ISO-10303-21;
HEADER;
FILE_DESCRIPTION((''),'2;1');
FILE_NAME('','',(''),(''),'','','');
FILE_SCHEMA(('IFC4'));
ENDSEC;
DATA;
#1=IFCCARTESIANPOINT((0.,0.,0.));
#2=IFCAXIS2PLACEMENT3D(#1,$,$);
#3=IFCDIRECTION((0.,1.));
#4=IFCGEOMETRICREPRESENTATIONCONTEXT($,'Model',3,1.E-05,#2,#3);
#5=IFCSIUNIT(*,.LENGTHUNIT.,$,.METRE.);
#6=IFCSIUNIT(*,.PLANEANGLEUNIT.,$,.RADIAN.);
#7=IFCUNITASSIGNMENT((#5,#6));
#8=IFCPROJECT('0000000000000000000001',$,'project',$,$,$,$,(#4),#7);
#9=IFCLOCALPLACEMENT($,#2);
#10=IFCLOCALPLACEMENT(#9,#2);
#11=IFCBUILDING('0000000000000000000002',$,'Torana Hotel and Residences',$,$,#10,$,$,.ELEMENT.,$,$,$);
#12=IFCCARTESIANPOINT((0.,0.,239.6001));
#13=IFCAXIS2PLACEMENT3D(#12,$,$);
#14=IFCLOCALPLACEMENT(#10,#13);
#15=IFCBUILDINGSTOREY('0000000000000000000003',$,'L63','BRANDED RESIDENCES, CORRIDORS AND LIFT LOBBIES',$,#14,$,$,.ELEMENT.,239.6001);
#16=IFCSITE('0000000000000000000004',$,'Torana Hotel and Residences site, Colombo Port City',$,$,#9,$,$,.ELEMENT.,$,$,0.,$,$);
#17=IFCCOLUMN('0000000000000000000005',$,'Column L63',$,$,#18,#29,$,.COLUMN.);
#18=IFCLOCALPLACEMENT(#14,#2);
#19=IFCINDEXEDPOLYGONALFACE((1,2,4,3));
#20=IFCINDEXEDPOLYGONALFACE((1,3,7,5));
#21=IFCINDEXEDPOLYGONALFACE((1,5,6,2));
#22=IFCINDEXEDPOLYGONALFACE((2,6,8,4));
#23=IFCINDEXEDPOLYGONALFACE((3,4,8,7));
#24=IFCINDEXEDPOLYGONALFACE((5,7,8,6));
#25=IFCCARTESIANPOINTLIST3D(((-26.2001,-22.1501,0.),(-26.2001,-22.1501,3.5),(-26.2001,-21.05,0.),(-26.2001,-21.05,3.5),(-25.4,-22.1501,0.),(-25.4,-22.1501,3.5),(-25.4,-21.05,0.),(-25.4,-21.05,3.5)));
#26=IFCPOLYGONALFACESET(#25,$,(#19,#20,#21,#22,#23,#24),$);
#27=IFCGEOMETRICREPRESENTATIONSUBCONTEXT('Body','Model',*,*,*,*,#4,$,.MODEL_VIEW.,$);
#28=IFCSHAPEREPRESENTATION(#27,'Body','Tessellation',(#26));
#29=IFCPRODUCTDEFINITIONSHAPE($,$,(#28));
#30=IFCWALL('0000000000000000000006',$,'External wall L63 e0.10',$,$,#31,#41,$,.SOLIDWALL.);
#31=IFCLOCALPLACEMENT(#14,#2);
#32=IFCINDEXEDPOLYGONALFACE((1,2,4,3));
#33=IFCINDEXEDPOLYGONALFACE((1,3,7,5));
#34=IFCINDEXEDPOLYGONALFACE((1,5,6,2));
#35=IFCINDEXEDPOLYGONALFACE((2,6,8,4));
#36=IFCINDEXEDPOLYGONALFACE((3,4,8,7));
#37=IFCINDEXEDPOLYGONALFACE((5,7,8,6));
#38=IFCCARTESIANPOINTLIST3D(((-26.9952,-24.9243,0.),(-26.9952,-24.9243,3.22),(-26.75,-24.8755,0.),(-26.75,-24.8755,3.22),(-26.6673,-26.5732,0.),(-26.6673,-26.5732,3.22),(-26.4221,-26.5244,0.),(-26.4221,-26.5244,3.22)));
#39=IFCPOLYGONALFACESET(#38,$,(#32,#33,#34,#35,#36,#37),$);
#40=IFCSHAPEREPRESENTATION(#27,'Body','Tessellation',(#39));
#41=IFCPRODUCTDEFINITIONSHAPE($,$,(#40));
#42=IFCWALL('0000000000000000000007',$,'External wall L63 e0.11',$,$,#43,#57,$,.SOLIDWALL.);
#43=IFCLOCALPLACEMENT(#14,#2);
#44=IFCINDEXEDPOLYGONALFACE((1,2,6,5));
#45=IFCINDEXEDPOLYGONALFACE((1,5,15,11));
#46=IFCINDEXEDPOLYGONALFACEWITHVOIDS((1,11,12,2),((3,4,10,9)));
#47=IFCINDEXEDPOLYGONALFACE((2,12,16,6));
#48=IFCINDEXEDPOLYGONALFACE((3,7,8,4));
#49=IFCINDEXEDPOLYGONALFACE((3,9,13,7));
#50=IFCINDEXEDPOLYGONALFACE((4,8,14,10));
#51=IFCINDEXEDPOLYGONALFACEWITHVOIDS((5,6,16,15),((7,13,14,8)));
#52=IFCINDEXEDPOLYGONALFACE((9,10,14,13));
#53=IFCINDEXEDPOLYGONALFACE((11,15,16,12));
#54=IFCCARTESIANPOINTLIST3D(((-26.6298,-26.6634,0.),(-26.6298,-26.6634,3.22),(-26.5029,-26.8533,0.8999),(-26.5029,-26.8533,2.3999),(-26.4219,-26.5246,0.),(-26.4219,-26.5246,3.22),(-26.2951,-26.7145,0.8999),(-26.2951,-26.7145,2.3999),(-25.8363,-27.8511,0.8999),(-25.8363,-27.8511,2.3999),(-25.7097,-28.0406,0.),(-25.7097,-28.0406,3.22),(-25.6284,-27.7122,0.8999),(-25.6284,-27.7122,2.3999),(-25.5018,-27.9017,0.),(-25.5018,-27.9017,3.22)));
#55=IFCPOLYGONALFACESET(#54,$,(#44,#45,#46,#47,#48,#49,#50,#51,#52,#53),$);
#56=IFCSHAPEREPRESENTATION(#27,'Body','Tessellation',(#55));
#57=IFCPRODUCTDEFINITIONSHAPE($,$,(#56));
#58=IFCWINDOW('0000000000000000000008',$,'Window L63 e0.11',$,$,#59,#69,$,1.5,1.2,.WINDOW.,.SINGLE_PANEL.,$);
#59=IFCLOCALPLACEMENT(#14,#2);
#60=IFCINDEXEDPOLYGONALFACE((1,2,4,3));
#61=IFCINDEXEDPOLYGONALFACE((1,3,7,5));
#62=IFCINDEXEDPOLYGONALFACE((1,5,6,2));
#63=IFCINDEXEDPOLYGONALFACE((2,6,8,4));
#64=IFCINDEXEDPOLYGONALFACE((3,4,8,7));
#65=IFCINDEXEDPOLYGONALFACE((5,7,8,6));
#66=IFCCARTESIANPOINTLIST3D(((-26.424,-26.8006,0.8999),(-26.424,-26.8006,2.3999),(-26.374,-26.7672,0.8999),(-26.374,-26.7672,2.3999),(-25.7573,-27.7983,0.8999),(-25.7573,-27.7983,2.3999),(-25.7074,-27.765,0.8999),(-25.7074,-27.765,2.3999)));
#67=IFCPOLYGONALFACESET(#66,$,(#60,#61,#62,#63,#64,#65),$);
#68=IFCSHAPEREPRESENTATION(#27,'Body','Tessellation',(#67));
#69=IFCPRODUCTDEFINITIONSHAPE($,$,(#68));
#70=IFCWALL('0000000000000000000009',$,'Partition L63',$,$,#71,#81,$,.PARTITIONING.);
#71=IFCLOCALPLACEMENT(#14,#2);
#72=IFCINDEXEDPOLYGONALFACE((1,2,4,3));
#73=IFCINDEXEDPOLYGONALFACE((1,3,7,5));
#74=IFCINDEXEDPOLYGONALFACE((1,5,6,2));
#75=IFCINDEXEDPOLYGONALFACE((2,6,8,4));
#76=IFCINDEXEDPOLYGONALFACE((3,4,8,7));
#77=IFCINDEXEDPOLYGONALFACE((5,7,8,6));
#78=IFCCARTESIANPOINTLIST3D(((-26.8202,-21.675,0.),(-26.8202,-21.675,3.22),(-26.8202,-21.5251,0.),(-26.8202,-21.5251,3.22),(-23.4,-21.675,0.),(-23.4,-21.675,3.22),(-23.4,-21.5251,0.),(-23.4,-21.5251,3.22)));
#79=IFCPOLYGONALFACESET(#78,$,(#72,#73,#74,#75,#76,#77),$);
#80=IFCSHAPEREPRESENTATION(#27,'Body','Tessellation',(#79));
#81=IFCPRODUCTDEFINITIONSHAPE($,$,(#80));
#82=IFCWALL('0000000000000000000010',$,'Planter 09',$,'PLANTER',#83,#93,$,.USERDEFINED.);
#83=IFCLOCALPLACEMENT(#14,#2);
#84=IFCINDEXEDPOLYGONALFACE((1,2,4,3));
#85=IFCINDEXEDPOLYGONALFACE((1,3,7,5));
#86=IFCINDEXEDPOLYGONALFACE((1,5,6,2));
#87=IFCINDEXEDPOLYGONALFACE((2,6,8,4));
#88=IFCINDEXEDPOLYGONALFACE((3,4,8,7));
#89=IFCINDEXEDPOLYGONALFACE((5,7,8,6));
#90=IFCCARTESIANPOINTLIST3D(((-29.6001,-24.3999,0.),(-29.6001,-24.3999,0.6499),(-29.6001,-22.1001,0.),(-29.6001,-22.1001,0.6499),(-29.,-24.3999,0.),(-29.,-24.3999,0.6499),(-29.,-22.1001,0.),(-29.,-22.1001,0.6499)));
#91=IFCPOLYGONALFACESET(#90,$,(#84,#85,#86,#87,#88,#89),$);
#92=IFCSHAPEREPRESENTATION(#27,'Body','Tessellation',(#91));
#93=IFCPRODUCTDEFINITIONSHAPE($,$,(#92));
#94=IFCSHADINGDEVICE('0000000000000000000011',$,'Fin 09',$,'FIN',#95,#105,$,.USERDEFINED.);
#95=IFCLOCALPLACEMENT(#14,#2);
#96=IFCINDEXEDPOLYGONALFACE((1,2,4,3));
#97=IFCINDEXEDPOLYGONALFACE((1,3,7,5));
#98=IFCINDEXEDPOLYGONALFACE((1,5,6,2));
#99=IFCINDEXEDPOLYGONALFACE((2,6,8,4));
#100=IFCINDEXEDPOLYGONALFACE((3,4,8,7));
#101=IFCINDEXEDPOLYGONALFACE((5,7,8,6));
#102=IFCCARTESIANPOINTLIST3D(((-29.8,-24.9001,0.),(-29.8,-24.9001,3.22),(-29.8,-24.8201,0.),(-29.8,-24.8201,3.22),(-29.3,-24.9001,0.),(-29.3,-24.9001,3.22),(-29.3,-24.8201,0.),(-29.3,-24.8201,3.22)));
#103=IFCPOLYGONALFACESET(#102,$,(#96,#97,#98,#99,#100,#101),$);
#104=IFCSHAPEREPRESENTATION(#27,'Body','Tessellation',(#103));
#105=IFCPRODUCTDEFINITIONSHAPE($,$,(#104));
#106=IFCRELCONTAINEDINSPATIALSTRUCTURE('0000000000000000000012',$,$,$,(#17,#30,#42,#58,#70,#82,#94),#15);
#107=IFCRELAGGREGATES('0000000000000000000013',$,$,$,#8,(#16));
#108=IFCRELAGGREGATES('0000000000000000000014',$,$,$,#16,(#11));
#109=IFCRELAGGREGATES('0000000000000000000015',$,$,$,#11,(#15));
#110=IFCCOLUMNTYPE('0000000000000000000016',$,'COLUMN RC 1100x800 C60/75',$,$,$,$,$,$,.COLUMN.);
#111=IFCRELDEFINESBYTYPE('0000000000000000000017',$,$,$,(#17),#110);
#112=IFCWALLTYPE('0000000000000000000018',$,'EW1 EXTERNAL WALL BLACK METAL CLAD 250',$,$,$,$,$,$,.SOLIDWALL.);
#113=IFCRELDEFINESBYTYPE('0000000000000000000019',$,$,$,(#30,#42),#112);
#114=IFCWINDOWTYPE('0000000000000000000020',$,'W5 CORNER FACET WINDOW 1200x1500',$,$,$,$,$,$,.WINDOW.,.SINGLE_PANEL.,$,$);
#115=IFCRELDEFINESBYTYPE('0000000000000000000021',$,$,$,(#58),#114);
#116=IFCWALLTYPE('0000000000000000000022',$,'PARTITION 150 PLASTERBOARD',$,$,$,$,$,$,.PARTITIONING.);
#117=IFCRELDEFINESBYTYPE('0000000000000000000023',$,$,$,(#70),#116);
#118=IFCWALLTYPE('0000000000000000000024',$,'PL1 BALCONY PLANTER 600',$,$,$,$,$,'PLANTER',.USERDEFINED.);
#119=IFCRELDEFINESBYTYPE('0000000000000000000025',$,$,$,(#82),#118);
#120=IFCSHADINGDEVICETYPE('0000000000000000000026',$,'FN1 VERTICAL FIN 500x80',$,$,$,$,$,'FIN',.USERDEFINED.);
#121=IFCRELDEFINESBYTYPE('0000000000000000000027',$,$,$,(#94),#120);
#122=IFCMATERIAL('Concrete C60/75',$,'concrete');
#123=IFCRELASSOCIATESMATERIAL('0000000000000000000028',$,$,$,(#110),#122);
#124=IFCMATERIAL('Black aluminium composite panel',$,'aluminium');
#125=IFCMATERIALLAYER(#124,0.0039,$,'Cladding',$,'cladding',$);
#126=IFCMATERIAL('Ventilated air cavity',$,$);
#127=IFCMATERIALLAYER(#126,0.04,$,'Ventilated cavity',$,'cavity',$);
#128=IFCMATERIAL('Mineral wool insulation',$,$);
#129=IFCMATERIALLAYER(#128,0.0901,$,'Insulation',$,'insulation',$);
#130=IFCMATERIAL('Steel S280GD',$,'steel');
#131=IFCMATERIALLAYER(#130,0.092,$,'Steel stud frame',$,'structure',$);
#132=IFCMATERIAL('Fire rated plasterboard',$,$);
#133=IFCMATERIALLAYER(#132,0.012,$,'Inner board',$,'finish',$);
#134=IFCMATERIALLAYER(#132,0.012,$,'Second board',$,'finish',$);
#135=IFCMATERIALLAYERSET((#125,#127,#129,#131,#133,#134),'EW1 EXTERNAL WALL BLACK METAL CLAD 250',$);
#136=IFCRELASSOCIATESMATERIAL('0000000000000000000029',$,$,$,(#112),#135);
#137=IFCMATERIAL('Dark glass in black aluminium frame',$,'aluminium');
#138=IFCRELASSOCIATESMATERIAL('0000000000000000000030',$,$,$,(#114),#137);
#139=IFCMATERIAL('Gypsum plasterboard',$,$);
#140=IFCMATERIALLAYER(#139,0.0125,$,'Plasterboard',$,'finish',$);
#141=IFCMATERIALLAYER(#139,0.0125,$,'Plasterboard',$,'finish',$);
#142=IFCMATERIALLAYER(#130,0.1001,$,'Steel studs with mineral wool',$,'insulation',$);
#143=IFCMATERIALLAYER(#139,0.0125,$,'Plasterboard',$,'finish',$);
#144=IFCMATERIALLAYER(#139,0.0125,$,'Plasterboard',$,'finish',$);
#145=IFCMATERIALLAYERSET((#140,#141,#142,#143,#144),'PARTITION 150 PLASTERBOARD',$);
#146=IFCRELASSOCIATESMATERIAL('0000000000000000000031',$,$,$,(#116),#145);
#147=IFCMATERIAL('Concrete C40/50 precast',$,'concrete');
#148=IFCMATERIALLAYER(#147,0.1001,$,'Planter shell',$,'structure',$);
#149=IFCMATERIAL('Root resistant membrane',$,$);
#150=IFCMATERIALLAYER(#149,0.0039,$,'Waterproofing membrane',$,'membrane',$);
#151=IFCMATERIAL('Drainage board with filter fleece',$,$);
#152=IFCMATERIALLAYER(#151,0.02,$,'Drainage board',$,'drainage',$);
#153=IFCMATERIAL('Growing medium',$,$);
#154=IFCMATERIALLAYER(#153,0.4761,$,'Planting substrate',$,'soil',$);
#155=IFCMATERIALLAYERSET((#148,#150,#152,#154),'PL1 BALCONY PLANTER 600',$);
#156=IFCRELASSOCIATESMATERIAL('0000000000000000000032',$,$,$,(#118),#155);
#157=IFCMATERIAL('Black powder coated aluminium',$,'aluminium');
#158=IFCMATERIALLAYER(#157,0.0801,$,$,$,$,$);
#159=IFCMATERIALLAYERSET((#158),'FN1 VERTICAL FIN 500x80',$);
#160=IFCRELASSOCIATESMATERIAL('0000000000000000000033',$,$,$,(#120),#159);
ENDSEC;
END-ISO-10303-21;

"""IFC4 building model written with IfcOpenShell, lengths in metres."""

from ifc_helpers import new_model, si_unit, direction, frame, frame_2d, origin, origin_2d, place, context, subcontext, project, spatial, rectangle, extrude, material, layer, layer_set, material_profile, profile_set, type_object, element, fill, save


model = new_model("IFC4")

# Units and contexts
model_context = context("Model", 3, precision=1e-05, world=origin(), true_north=direction((0.0, 1.0)))
body_context = subcontext(model_context, "Body", "Model", "MODEL_VIEW")
ifc_project = project(units=[si_unit("LENGTHUNIT", "METRE"), si_unit("PLANEANGLEUNIT", "RADIAN")], contexts=[model_context])

# Site, building, storey
site_placement = place(None, origin())
site = spatial("IfcSite", under=ifc_project, at=site_placement, Name="Torana Hotel and Residences site, Colombo Port City", CompositionType="ELEMENT", RefElevation=0.0)
building_placement = place(site_placement, origin())
building = spatial("IfcBuilding", under=site, at=building_placement, Name="Torana Hotel and Residences", CompositionType="ELEMENT")
storey_placement = place(building_placement, frame((0.0, 0.0, 239.6001)))
storey = spatial("IfcBuildingStorey", under=building, at=storey_placement, Name="L63", Description="BRANDED RESIDENCES, CORRIDORS AND LIFT LOBBIES", CompositionType="ELEMENT", Elevation=239.6001)

# Column
ifc_material_1 = material(Name="Concrete C60/75", Category="concrete")
ifc_material_profile = material_profile(ifc_material_1, rectangle(XDim=1.1001, YDim=0.8, at=origin_2d()), Name="RC 1100x800")
ifc_profile_set = profile_set([ifc_material_profile], Name="Concrete C60/75")
column_type = type_object("IfcColumnType", Name="COLUMN RC 1100x800 C60/75", PredefinedType="COLUMN", material=ifc_profile_set)
column_placement = place(storey_placement, frame((-25.8, -21.6001, 0.0), z_axis=(0.0, 0.0, 1.0), x_axis=(0.0, 1.0, 0.0)))
element("IfcColumn", 1, at=column_placement, inside=storey, type_object=column_type, Name="Column L63", PredefinedType="COLUMN", context=body_context, shape_type="SweptSolid", body=[
    extrude(rectangle(XDim=1.1001, YDim=0.8, at=origin_2d()), origin(), (0.0, 0.0, 1.0), 3.5),
])

# Wall
ifc_material_2 = material(Name="Black aluminium composite panel", Category="aluminium")
ifc_layer_1 = layer(ifc_material_2, 0.0039, Name="Cladding", Category="cladding")
ifc_material_3 = material(Name="Ventilated air cavity")
ifc_layer_2 = layer(ifc_material_3, 0.04, Name="Ventilated cavity", Category="cavity")
ifc_material_4 = material(Name="Mineral wool insulation")
ifc_layer_3 = layer(ifc_material_4, 0.0901, Name="Insulation", Category="insulation")
ifc_material_5 = material(Name="Steel S280GD", Category="steel")
ifc_layer_4 = layer(ifc_material_5, 0.092, Name="Steel stud frame", Category="structure")
ifc_material_6 = material(Name="Fire rated plasterboard")
ifc_layer_5 = layer(ifc_material_6, 0.012, Name="Inner board", Category="finish")
ifc_layer_6 = layer(ifc_material_6, 0.012, Name="Second board", Category="finish")
ifc_layer_set_1 = layer_set([ifc_layer_1, ifc_layer_2, ifc_layer_3, ifc_layer_4, ifc_layer_5, ifc_layer_6], Name="EW1 EXTERNAL WALL BLACK METAL CLAD 250")
wall_type_1 = type_object("IfcWallType", Name="EW1 EXTERNAL WALL BLACK METAL CLAD 250", PredefinedType="SOLIDWALL", material=ifc_layer_set_1)
wall_1_placement = place(storey_placement, frame((-26.8726, -24.8999, 0.0), z_axis=(0.0, 0.0, 1.0), x_axis=(0.195027, -0.980798, 0.0)))
element("IfcWall", 2, at=wall_1_placement, inside=storey, type_object=wall_type_1, Name="External wall L63 e0.10", PredefinedType="SOLIDWALL", context=body_context, shape_type="SweptSolid", body=[
    extrude(rectangle(XDim=1.6812, YDim=0.25, at=frame_2d((0.8406, 0.0))), origin(), (0.0, 0.0, 1.0), 3.22),
])

# Wall, opening, window
wall_2_placement = place(storey_placement, frame((-26.5259, -26.594, 0.0), z_axis=(0.0, 0.0, 1.0), x_axis=(0.55555, -0.831483, 0.0)))
wall_2 = element("IfcWall", 3, at=wall_2_placement, inside=storey, type_object=wall_type_1, Name="External wall L63 e0.11", PredefinedType="SOLIDWALL", context=body_context, shape_type="SweptSolid", body=[
    extrude(rectangle(XDim=1.6562, YDim=0.25, at=frame_2d((0.8281, 0.0))), origin(), (0.0, 0.0, 1.0), 3.22),
])
opening_placement = place(wall_2_placement, frame((0.2283, 0.0, 0.8999)))
opening = element("IfcOpeningElement", 4, at=opening_placement, cuts=wall_2, PredefinedType="OPENING", context=body_context, shape_type="SweptSolid", body=[
    extrude(rectangle(XDim=1.2, YDim=1.5, at=frame_2d((0.6001, 0.75))), frame((0.0, 0.135, 0.0), z_axis=(0.0, -1.0, 0.0), x_axis=(1.0, 0.0, 0.0)), (0.0, 0.0, 1.0), 0.27),
])
ifc_material_7 = material(Name="Dark glass in black aluminium frame", Category="aluminium")
window_type = type_object("IfcWindowType", Name="W5 CORNER FACET WINDOW 1200x1500", PartitioningType="SINGLE_PANEL", PredefinedType="WINDOW", material=ifc_material_7)
window_placement = place(opening_placement, origin())
window = element("IfcWindow", 5, at=window_placement, inside=storey, type_object=window_type, Name="Window L63 e0.11", OverallHeight=1.5, OverallWidth=1.2, PartitioningType="SINGLE_PANEL", PredefinedType="WINDOW", context=body_context, shape_type="SweptSolid", body=[
    extrude(rectangle(XDim=1.2, YDim=1.5, at=frame_2d((0.6001, 0.75))), frame((0.0, 0.03, 0.0), z_axis=(0.0, -1.0, 0.0), x_axis=(1.0, 0.0, 0.0)), (0.0, 0.0, 1.0), 0.0601),
])
fill(opening, window)

# Walls
ifc_material_8 = material(Name="Gypsum plasterboard")
ifc_layer_7 = layer(ifc_material_8, 0.0125, Name="Plasterboard", Category="finish")
ifc_layer_8 = layer(ifc_material_8, 0.0125, Name="Plasterboard", Category="finish")
ifc_layer_9 = layer(ifc_material_5, 0.1001, Name="Steel studs with mineral wool", Category="insulation")
ifc_layer_10 = layer(ifc_material_8, 0.0125, Name="Plasterboard", Category="finish")
ifc_layer_11 = layer(ifc_material_8, 0.0125, Name="Plasterboard", Category="finish")
ifc_layer_set_2 = layer_set([ifc_layer_7, ifc_layer_8, ifc_layer_9, ifc_layer_10, ifc_layer_11], Name="PARTITION 150 PLASTERBOARD")
wall_type_2 = type_object("IfcWallType", Name="PARTITION 150 PLASTERBOARD", PredefinedType="PARTITIONING", material=ifc_layer_set_2)
wall_3_placement = place(storey_placement, frame((-26.8201, -21.6001, 0.0), z_axis=(0.0, 0.0, 1.0), x_axis=(1.0, 0.0, 0.0)))
element("IfcWall", 6, at=wall_3_placement, inside=storey, type_object=wall_type_2, Name="Partition L63", PredefinedType="PARTITIONING", context=body_context, shape_type="SweptSolid", body=[
    extrude(rectangle(XDim=3.4202, YDim=0.1499, at=frame_2d((1.71, 0.0))), origin(), (0.0, 0.0, 1.0), 3.22),
])
ifc_material_9 = material(Name="Concrete C40/50 precast", Category="concrete")
ifc_layer_12 = layer(ifc_material_9, 0.1001, Name="Planter shell", Category="structure")
ifc_material_10 = material(Name="Root resistant membrane")
ifc_layer_13 = layer(ifc_material_10, 0.0039, Name="Waterproofing membrane", Category="membrane")
ifc_material_11 = material(Name="Drainage board with filter fleece")
ifc_layer_14 = layer(ifc_material_11, 0.02, Name="Drainage board", Category="drainage")
ifc_material_12 = material(Name="Growing medium")
ifc_layer_15 = layer(ifc_material_12, 0.4761, Name="Planting substrate", Category="soil")
ifc_layer_set_3 = layer_set([ifc_layer_12, ifc_layer_13, ifc_layer_14, ifc_layer_15], Name="PL1 BALCONY PLANTER 600")
wall_type_3 = type_object("IfcWallType", Name="PL1 BALCONY PLANTER 600", ElementType="PLANTER", PredefinedType="USERDEFINED", material=ifc_layer_set_3)
wall_4_placement = place(storey_placement, frame((-29.3, -24.3999, 0.0), z_axis=(0.0, 0.0, 1.0), x_axis=(0.0, 1.0, 0.0)))
element("IfcWall", 7, at=wall_4_placement, inside=storey, type_object=wall_type_3, Name="Planter 09", ObjectType="PLANTER", PredefinedType="USERDEFINED", context=body_context, shape_type="SweptSolid", body=[
    extrude(rectangle(XDim=2.2998, YDim=0.6001, at=frame_2d((1.1499, 0.0))), origin(), (0.0, 0.0, 1.0), 0.6499),
])

# Shading device
ifc_material_13 = material(Name="Black powder coated aluminium", Category="aluminium")
ifc_layer_16 = layer(ifc_material_13, 0.0801)
ifc_layer_set_4 = layer_set([ifc_layer_16], Name="FN1 VERTICAL FIN 500x80")
shading_device_type = type_object("IfcShadingDeviceType", Name="FN1 VERTICAL FIN 500x80", ElementType="FIN", PredefinedType="USERDEFINED", material=ifc_layer_set_4)
shading_device_placement = place(storey_placement, frame((-29.55, -24.8601, 0.0), z_axis=(0.0, 0.0, 1.0), x_axis=(0.0, 1.0, 0.0)))
element("IfcShadingDevice", 8, at=shading_device_placement, inside=storey, type_object=shading_device_type, Name="Fin 09", ObjectType="FIN", PredefinedType="USERDEFINED", context=body_context, shape_type="SweptSolid", body=[
    extrude(rectangle(XDim=0.0801, YDim=0.5, at=origin_2d()), origin(), (0.0, 0.0, 1.0), 3.22),
])

save(model, "model.ifc")
